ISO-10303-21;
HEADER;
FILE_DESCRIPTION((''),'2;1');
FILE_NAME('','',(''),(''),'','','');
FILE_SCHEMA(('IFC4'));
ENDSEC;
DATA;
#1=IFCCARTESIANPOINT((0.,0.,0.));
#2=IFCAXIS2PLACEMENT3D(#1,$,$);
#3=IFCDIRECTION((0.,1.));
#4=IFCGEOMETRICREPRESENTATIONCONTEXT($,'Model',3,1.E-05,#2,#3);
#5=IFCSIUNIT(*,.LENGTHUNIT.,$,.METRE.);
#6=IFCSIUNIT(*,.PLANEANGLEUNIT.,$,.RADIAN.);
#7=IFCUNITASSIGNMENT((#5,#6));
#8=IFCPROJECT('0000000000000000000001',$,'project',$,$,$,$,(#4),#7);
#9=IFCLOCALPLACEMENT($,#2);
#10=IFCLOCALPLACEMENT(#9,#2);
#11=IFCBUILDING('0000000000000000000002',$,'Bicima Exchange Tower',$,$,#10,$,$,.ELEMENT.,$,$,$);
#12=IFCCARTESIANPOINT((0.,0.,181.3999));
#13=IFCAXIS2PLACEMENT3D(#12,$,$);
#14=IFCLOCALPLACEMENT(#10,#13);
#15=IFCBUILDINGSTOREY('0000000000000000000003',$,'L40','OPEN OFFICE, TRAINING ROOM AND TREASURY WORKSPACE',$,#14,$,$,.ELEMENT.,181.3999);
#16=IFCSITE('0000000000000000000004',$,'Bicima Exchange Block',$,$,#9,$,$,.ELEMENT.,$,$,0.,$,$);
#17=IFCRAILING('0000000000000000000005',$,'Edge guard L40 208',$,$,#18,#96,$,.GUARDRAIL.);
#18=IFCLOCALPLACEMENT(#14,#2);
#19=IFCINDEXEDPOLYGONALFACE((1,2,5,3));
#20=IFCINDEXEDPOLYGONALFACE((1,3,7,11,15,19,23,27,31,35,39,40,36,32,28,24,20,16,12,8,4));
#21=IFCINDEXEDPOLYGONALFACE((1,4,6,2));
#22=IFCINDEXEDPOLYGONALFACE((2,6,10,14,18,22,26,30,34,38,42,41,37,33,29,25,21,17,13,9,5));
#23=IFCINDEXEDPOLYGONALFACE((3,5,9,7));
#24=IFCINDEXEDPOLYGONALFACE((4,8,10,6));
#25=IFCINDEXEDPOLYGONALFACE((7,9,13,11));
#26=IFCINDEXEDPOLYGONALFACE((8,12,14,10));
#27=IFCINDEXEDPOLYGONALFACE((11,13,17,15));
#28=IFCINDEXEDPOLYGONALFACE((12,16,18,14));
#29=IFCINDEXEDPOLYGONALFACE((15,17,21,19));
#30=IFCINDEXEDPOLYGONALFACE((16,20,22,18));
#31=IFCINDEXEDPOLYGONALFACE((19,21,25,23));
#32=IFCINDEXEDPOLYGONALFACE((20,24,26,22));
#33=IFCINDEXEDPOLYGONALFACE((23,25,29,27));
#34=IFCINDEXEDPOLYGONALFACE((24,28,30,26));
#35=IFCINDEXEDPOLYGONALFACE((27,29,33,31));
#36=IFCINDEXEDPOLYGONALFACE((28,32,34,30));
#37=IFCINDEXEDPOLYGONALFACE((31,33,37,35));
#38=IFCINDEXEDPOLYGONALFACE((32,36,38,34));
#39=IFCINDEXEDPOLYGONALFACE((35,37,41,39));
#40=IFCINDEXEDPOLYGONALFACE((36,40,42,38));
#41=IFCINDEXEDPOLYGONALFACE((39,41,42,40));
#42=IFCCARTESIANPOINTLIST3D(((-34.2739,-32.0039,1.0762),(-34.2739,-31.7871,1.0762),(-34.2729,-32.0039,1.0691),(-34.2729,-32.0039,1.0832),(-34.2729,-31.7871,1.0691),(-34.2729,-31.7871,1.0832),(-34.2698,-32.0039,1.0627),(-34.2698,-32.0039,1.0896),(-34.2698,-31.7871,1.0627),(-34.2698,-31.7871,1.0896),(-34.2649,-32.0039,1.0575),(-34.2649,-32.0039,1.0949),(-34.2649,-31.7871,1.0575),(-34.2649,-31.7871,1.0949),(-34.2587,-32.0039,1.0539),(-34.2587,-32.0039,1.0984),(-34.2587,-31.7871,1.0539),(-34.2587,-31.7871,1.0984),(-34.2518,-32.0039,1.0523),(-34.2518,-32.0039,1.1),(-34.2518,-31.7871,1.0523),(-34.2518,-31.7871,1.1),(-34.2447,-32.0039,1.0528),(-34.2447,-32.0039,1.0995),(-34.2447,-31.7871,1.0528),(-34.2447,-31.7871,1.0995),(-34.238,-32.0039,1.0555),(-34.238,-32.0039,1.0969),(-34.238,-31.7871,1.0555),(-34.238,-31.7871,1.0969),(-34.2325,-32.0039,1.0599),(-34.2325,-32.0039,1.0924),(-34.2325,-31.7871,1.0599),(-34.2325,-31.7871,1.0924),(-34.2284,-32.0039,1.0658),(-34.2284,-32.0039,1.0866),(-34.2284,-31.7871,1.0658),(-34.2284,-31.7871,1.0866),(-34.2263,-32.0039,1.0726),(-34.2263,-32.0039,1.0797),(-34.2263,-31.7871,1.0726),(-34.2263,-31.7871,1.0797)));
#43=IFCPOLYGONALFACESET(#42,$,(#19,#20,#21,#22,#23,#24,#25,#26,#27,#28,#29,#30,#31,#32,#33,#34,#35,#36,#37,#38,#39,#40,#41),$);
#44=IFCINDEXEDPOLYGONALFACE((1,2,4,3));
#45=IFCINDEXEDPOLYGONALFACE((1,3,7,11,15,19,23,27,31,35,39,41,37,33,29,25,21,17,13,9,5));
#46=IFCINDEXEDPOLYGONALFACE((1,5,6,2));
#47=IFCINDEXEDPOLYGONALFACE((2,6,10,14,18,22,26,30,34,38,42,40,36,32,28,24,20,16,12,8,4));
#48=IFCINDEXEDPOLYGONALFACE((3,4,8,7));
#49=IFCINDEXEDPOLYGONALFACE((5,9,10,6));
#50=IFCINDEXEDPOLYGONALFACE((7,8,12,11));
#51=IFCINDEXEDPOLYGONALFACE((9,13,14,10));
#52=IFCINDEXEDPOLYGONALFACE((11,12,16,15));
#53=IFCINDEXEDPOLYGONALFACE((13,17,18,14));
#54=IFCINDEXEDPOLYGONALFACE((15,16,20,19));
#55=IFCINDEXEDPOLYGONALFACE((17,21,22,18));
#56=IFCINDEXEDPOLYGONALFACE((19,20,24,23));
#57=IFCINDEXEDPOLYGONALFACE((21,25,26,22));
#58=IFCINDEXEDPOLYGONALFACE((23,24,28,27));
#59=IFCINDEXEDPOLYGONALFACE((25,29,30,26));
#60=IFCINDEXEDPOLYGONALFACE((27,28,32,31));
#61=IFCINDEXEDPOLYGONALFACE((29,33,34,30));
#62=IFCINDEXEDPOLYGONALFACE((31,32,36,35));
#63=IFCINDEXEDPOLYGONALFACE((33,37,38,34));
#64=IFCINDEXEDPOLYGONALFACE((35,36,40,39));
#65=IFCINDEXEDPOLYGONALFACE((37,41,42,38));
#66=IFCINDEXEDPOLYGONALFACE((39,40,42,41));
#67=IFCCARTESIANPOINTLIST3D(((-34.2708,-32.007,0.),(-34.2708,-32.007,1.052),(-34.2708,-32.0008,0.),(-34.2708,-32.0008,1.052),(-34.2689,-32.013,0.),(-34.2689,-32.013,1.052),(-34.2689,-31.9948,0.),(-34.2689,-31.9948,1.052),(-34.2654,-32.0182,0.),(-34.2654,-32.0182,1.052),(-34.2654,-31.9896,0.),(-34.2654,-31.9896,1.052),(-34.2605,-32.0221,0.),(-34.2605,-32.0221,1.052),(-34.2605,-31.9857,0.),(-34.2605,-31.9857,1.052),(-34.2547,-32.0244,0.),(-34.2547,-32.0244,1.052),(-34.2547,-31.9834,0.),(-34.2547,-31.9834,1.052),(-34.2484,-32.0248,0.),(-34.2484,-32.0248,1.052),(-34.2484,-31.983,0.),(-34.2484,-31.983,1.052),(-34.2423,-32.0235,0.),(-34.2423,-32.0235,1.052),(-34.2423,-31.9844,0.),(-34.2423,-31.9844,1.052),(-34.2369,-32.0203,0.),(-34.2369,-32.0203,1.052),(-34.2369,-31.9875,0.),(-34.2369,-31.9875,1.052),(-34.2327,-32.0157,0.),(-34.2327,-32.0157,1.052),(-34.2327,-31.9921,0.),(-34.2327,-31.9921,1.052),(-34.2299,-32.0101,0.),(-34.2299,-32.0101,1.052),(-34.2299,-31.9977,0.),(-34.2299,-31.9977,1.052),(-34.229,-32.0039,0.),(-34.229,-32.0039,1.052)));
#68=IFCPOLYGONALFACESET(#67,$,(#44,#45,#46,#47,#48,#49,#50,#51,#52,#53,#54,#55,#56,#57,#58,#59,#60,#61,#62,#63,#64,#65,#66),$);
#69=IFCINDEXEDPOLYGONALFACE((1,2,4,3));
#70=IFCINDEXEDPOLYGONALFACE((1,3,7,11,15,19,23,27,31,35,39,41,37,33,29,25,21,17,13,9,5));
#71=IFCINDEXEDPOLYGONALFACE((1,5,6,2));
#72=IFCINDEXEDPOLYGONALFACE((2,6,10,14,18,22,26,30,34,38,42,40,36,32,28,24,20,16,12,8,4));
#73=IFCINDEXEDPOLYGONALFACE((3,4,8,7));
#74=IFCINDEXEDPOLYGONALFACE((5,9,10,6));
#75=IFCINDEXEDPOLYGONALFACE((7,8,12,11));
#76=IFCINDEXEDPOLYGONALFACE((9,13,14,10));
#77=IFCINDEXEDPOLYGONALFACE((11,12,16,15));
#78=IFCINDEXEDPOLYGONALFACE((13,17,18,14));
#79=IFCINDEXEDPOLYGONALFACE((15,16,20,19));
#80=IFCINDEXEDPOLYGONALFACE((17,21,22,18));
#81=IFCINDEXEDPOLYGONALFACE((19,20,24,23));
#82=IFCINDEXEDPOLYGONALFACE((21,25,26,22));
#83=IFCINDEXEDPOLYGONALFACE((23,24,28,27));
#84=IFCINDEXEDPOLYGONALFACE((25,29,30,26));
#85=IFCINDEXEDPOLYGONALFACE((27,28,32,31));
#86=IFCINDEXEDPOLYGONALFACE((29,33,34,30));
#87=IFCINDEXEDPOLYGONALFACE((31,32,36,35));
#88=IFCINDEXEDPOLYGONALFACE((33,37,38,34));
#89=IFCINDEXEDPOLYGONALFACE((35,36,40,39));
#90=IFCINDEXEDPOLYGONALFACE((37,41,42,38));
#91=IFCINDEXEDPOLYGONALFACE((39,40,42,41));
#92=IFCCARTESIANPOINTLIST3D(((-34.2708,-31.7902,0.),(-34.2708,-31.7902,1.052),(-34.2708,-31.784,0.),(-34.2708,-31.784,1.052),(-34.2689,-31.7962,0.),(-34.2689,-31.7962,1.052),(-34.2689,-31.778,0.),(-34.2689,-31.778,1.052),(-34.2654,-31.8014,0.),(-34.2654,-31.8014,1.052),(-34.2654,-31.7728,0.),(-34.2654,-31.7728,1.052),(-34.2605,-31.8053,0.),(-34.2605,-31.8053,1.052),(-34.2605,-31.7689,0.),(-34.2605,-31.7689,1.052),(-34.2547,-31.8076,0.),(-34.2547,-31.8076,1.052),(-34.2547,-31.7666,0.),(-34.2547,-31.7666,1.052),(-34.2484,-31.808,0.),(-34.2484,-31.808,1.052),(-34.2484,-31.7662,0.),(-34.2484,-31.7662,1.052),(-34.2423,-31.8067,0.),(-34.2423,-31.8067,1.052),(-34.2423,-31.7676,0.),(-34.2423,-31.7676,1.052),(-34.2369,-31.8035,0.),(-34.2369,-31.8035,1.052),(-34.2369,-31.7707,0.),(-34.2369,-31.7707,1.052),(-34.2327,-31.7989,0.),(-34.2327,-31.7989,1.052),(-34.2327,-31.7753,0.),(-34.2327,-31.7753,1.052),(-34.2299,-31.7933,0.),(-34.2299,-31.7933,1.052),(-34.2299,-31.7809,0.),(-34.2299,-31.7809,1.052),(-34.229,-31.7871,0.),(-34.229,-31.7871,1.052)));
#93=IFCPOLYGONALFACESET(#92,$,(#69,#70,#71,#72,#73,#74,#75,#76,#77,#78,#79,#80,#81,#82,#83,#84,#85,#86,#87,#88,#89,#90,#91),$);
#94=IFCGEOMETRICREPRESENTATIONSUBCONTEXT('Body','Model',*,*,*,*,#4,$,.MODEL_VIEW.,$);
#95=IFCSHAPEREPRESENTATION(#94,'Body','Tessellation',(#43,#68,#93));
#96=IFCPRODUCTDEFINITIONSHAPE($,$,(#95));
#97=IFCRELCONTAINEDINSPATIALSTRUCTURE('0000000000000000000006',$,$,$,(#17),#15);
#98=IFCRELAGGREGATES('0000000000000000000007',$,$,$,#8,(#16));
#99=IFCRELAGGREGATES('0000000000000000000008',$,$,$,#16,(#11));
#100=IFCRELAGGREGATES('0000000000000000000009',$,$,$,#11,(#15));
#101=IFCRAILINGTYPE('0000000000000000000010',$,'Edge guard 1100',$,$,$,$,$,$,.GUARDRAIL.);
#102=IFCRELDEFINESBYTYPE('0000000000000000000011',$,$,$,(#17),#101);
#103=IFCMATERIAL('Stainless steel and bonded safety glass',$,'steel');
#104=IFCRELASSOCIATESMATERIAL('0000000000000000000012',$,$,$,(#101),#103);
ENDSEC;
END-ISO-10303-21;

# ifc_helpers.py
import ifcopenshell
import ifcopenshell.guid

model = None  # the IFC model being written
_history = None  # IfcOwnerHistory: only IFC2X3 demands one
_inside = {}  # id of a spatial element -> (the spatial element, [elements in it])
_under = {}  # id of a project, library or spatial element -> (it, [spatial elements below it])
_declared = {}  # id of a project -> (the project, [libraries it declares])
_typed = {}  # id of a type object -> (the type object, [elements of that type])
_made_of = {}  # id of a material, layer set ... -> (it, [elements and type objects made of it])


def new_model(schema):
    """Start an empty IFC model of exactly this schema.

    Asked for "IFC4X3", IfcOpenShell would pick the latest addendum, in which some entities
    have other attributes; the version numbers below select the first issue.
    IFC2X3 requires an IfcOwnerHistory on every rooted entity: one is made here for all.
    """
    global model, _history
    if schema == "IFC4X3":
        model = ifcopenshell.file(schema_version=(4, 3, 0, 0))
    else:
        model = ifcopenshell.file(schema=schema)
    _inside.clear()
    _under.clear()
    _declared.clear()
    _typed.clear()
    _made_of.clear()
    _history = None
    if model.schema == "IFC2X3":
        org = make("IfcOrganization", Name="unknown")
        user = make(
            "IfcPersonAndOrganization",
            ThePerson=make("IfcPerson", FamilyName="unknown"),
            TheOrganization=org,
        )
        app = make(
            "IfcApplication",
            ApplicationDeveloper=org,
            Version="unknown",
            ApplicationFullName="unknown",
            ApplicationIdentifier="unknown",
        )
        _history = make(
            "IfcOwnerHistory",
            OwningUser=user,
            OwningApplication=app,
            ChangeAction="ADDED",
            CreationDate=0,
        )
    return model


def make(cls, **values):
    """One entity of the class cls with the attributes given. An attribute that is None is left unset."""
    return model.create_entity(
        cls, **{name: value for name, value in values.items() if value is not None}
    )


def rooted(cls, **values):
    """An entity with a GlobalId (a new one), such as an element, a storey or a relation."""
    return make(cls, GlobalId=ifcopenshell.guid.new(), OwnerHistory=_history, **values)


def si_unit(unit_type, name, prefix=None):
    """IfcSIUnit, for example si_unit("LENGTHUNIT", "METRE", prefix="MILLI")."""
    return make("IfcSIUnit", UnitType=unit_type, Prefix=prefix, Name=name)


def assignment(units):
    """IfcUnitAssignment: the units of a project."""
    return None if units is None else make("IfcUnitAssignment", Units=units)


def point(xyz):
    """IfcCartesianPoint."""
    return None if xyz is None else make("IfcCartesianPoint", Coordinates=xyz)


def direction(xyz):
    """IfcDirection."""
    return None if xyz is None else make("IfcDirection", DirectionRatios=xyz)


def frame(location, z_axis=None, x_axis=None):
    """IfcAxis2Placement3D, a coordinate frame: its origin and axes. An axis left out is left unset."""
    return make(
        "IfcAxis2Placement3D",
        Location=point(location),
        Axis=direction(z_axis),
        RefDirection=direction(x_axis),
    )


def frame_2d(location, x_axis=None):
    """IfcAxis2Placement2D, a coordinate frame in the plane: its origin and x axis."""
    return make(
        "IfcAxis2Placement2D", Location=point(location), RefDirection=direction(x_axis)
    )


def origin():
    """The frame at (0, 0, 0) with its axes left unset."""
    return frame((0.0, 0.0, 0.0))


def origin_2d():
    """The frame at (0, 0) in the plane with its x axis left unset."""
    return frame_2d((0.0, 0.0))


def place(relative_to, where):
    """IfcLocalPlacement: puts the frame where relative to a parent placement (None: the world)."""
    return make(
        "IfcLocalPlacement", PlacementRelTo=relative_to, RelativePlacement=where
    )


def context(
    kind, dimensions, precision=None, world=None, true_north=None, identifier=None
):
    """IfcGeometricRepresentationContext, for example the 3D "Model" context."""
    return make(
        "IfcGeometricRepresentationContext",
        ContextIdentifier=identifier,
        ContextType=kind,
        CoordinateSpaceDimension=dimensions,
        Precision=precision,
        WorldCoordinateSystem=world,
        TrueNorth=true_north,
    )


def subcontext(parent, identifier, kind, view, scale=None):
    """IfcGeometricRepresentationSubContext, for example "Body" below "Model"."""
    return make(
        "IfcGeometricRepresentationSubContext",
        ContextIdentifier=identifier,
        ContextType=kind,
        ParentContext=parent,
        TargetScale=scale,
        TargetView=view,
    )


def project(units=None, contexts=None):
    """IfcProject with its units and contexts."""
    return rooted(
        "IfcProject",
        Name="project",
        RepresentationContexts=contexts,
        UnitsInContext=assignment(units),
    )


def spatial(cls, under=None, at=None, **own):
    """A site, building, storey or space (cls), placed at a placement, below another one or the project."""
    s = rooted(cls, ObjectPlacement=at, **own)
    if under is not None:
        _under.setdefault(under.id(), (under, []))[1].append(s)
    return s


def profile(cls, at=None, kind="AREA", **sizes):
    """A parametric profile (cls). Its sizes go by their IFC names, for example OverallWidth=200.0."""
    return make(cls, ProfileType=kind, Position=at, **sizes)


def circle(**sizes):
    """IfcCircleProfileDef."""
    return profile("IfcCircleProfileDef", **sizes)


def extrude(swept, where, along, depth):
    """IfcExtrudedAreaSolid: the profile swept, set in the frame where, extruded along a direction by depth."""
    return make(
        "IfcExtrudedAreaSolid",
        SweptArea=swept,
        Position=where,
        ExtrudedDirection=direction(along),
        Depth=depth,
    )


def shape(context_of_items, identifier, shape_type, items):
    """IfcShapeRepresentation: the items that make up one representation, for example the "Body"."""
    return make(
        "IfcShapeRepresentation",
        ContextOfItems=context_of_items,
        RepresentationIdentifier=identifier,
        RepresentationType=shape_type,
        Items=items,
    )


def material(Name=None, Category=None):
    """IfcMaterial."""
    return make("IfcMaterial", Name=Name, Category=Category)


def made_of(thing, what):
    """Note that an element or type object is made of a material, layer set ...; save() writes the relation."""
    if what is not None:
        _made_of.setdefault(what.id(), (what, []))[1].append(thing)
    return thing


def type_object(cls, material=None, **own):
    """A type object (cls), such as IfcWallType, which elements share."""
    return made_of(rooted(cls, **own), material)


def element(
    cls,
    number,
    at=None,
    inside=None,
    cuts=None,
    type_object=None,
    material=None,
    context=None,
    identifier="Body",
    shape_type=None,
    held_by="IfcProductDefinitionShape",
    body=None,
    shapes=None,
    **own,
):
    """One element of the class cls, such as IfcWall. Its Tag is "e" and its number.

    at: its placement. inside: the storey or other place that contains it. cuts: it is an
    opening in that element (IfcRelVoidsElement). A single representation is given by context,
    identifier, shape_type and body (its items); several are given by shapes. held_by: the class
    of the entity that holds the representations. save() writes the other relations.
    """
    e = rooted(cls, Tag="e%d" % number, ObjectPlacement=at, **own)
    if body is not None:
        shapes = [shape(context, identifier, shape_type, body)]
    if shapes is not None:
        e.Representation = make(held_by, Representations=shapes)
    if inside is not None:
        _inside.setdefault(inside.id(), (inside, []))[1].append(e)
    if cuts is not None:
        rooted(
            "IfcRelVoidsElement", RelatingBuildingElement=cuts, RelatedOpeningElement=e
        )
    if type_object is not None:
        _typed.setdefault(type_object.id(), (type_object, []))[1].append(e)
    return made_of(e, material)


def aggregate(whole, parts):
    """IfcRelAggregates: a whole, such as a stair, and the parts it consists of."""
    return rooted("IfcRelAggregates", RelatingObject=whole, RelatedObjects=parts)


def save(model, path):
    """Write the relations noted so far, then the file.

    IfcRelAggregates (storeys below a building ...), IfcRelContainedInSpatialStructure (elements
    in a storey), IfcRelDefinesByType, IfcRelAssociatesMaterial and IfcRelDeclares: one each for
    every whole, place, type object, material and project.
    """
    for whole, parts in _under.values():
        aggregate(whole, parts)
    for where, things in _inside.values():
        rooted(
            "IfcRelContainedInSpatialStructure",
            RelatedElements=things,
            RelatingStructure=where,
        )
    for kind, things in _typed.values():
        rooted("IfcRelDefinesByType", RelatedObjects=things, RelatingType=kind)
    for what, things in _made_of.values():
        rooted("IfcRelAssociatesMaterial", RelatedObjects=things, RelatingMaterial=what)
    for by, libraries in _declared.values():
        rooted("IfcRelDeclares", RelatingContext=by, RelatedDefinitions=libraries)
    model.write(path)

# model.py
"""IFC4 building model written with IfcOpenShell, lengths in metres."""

from ifc_helpers import new_model, si_unit, direction, frame, origin, origin_2d, place, context, subcontext, project, spatial, circle, extrude, material, type_object, element, save


model = new_model("IFC4")

# Units and contexts
model_context = context("Model", 3, precision=1e-05, world=origin(), true_north=direction((0.0, 1.0)))
body_context = subcontext(model_context, "Body", "Model", "MODEL_VIEW")
ifc_project = project(units=[si_unit("LENGTHUNIT", "METRE"), si_unit("PLANEANGLEUNIT", "RADIAN")], contexts=[model_context])

# Site, building, storey
site_placement = place(None, origin())
site = spatial("IfcSite", under=ifc_project, at=site_placement, Name="Bicima Exchange Block", CompositionType="ELEMENT", RefElevation=0.0)
building_placement = place(site_placement, origin())
building = spatial("IfcBuilding", under=site, at=building_placement, Name="Bicima Exchange Tower", CompositionType="ELEMENT")
storey_placement = place(building_placement, frame((0.0, 0.0, 181.3999)))
storey = spatial("IfcBuildingStorey", under=building, at=storey_placement, Name="L40", Description="OPEN OFFICE, TRAINING ROOM AND TREASURY WORKSPACE", CompositionType="ELEMENT", Elevation=181.3999)

# Railing
ifc_material_1 = material(Name="Stainless steel and bonded safety glass", Category="steel")
railing_type = type_object("IfcRailingType", Name="Edge guard 1100", PredefinedType="GUARDRAIL", material=ifc_material_1)
railing_1_placement = place(storey_placement, frame((-34.25, -32.0039, 0.0)))
element("IfcRailing", 1, at=railing_1_placement, inside=storey, type_object=railing_type, Name="Edge guard L40 208", PredefinedType="GUARDRAIL", context=body_context, shape_type="SweptSolid", body=[
    extrude(circle(Radius=0.0239, at=origin_2d()), frame((0.0, 0.0, 1.0762), z_axis=(0.0, 1.0, 0.0), x_axis=(-1.0, 0.0, 0.0)), (0.0, 0.0, 1.0), 0.2168),
    extrude(circle(Radius=0.021, at=origin_2d()), origin(), (0.0, 0.0, 1.0), 1.052),
    extrude(circle(Radius=0.021, at=origin_2d()), frame((0.0, 0.2168, 0.0)), (0.0, 0.0, 1.0), 1.052),
])

save(model, "model.ifc")
